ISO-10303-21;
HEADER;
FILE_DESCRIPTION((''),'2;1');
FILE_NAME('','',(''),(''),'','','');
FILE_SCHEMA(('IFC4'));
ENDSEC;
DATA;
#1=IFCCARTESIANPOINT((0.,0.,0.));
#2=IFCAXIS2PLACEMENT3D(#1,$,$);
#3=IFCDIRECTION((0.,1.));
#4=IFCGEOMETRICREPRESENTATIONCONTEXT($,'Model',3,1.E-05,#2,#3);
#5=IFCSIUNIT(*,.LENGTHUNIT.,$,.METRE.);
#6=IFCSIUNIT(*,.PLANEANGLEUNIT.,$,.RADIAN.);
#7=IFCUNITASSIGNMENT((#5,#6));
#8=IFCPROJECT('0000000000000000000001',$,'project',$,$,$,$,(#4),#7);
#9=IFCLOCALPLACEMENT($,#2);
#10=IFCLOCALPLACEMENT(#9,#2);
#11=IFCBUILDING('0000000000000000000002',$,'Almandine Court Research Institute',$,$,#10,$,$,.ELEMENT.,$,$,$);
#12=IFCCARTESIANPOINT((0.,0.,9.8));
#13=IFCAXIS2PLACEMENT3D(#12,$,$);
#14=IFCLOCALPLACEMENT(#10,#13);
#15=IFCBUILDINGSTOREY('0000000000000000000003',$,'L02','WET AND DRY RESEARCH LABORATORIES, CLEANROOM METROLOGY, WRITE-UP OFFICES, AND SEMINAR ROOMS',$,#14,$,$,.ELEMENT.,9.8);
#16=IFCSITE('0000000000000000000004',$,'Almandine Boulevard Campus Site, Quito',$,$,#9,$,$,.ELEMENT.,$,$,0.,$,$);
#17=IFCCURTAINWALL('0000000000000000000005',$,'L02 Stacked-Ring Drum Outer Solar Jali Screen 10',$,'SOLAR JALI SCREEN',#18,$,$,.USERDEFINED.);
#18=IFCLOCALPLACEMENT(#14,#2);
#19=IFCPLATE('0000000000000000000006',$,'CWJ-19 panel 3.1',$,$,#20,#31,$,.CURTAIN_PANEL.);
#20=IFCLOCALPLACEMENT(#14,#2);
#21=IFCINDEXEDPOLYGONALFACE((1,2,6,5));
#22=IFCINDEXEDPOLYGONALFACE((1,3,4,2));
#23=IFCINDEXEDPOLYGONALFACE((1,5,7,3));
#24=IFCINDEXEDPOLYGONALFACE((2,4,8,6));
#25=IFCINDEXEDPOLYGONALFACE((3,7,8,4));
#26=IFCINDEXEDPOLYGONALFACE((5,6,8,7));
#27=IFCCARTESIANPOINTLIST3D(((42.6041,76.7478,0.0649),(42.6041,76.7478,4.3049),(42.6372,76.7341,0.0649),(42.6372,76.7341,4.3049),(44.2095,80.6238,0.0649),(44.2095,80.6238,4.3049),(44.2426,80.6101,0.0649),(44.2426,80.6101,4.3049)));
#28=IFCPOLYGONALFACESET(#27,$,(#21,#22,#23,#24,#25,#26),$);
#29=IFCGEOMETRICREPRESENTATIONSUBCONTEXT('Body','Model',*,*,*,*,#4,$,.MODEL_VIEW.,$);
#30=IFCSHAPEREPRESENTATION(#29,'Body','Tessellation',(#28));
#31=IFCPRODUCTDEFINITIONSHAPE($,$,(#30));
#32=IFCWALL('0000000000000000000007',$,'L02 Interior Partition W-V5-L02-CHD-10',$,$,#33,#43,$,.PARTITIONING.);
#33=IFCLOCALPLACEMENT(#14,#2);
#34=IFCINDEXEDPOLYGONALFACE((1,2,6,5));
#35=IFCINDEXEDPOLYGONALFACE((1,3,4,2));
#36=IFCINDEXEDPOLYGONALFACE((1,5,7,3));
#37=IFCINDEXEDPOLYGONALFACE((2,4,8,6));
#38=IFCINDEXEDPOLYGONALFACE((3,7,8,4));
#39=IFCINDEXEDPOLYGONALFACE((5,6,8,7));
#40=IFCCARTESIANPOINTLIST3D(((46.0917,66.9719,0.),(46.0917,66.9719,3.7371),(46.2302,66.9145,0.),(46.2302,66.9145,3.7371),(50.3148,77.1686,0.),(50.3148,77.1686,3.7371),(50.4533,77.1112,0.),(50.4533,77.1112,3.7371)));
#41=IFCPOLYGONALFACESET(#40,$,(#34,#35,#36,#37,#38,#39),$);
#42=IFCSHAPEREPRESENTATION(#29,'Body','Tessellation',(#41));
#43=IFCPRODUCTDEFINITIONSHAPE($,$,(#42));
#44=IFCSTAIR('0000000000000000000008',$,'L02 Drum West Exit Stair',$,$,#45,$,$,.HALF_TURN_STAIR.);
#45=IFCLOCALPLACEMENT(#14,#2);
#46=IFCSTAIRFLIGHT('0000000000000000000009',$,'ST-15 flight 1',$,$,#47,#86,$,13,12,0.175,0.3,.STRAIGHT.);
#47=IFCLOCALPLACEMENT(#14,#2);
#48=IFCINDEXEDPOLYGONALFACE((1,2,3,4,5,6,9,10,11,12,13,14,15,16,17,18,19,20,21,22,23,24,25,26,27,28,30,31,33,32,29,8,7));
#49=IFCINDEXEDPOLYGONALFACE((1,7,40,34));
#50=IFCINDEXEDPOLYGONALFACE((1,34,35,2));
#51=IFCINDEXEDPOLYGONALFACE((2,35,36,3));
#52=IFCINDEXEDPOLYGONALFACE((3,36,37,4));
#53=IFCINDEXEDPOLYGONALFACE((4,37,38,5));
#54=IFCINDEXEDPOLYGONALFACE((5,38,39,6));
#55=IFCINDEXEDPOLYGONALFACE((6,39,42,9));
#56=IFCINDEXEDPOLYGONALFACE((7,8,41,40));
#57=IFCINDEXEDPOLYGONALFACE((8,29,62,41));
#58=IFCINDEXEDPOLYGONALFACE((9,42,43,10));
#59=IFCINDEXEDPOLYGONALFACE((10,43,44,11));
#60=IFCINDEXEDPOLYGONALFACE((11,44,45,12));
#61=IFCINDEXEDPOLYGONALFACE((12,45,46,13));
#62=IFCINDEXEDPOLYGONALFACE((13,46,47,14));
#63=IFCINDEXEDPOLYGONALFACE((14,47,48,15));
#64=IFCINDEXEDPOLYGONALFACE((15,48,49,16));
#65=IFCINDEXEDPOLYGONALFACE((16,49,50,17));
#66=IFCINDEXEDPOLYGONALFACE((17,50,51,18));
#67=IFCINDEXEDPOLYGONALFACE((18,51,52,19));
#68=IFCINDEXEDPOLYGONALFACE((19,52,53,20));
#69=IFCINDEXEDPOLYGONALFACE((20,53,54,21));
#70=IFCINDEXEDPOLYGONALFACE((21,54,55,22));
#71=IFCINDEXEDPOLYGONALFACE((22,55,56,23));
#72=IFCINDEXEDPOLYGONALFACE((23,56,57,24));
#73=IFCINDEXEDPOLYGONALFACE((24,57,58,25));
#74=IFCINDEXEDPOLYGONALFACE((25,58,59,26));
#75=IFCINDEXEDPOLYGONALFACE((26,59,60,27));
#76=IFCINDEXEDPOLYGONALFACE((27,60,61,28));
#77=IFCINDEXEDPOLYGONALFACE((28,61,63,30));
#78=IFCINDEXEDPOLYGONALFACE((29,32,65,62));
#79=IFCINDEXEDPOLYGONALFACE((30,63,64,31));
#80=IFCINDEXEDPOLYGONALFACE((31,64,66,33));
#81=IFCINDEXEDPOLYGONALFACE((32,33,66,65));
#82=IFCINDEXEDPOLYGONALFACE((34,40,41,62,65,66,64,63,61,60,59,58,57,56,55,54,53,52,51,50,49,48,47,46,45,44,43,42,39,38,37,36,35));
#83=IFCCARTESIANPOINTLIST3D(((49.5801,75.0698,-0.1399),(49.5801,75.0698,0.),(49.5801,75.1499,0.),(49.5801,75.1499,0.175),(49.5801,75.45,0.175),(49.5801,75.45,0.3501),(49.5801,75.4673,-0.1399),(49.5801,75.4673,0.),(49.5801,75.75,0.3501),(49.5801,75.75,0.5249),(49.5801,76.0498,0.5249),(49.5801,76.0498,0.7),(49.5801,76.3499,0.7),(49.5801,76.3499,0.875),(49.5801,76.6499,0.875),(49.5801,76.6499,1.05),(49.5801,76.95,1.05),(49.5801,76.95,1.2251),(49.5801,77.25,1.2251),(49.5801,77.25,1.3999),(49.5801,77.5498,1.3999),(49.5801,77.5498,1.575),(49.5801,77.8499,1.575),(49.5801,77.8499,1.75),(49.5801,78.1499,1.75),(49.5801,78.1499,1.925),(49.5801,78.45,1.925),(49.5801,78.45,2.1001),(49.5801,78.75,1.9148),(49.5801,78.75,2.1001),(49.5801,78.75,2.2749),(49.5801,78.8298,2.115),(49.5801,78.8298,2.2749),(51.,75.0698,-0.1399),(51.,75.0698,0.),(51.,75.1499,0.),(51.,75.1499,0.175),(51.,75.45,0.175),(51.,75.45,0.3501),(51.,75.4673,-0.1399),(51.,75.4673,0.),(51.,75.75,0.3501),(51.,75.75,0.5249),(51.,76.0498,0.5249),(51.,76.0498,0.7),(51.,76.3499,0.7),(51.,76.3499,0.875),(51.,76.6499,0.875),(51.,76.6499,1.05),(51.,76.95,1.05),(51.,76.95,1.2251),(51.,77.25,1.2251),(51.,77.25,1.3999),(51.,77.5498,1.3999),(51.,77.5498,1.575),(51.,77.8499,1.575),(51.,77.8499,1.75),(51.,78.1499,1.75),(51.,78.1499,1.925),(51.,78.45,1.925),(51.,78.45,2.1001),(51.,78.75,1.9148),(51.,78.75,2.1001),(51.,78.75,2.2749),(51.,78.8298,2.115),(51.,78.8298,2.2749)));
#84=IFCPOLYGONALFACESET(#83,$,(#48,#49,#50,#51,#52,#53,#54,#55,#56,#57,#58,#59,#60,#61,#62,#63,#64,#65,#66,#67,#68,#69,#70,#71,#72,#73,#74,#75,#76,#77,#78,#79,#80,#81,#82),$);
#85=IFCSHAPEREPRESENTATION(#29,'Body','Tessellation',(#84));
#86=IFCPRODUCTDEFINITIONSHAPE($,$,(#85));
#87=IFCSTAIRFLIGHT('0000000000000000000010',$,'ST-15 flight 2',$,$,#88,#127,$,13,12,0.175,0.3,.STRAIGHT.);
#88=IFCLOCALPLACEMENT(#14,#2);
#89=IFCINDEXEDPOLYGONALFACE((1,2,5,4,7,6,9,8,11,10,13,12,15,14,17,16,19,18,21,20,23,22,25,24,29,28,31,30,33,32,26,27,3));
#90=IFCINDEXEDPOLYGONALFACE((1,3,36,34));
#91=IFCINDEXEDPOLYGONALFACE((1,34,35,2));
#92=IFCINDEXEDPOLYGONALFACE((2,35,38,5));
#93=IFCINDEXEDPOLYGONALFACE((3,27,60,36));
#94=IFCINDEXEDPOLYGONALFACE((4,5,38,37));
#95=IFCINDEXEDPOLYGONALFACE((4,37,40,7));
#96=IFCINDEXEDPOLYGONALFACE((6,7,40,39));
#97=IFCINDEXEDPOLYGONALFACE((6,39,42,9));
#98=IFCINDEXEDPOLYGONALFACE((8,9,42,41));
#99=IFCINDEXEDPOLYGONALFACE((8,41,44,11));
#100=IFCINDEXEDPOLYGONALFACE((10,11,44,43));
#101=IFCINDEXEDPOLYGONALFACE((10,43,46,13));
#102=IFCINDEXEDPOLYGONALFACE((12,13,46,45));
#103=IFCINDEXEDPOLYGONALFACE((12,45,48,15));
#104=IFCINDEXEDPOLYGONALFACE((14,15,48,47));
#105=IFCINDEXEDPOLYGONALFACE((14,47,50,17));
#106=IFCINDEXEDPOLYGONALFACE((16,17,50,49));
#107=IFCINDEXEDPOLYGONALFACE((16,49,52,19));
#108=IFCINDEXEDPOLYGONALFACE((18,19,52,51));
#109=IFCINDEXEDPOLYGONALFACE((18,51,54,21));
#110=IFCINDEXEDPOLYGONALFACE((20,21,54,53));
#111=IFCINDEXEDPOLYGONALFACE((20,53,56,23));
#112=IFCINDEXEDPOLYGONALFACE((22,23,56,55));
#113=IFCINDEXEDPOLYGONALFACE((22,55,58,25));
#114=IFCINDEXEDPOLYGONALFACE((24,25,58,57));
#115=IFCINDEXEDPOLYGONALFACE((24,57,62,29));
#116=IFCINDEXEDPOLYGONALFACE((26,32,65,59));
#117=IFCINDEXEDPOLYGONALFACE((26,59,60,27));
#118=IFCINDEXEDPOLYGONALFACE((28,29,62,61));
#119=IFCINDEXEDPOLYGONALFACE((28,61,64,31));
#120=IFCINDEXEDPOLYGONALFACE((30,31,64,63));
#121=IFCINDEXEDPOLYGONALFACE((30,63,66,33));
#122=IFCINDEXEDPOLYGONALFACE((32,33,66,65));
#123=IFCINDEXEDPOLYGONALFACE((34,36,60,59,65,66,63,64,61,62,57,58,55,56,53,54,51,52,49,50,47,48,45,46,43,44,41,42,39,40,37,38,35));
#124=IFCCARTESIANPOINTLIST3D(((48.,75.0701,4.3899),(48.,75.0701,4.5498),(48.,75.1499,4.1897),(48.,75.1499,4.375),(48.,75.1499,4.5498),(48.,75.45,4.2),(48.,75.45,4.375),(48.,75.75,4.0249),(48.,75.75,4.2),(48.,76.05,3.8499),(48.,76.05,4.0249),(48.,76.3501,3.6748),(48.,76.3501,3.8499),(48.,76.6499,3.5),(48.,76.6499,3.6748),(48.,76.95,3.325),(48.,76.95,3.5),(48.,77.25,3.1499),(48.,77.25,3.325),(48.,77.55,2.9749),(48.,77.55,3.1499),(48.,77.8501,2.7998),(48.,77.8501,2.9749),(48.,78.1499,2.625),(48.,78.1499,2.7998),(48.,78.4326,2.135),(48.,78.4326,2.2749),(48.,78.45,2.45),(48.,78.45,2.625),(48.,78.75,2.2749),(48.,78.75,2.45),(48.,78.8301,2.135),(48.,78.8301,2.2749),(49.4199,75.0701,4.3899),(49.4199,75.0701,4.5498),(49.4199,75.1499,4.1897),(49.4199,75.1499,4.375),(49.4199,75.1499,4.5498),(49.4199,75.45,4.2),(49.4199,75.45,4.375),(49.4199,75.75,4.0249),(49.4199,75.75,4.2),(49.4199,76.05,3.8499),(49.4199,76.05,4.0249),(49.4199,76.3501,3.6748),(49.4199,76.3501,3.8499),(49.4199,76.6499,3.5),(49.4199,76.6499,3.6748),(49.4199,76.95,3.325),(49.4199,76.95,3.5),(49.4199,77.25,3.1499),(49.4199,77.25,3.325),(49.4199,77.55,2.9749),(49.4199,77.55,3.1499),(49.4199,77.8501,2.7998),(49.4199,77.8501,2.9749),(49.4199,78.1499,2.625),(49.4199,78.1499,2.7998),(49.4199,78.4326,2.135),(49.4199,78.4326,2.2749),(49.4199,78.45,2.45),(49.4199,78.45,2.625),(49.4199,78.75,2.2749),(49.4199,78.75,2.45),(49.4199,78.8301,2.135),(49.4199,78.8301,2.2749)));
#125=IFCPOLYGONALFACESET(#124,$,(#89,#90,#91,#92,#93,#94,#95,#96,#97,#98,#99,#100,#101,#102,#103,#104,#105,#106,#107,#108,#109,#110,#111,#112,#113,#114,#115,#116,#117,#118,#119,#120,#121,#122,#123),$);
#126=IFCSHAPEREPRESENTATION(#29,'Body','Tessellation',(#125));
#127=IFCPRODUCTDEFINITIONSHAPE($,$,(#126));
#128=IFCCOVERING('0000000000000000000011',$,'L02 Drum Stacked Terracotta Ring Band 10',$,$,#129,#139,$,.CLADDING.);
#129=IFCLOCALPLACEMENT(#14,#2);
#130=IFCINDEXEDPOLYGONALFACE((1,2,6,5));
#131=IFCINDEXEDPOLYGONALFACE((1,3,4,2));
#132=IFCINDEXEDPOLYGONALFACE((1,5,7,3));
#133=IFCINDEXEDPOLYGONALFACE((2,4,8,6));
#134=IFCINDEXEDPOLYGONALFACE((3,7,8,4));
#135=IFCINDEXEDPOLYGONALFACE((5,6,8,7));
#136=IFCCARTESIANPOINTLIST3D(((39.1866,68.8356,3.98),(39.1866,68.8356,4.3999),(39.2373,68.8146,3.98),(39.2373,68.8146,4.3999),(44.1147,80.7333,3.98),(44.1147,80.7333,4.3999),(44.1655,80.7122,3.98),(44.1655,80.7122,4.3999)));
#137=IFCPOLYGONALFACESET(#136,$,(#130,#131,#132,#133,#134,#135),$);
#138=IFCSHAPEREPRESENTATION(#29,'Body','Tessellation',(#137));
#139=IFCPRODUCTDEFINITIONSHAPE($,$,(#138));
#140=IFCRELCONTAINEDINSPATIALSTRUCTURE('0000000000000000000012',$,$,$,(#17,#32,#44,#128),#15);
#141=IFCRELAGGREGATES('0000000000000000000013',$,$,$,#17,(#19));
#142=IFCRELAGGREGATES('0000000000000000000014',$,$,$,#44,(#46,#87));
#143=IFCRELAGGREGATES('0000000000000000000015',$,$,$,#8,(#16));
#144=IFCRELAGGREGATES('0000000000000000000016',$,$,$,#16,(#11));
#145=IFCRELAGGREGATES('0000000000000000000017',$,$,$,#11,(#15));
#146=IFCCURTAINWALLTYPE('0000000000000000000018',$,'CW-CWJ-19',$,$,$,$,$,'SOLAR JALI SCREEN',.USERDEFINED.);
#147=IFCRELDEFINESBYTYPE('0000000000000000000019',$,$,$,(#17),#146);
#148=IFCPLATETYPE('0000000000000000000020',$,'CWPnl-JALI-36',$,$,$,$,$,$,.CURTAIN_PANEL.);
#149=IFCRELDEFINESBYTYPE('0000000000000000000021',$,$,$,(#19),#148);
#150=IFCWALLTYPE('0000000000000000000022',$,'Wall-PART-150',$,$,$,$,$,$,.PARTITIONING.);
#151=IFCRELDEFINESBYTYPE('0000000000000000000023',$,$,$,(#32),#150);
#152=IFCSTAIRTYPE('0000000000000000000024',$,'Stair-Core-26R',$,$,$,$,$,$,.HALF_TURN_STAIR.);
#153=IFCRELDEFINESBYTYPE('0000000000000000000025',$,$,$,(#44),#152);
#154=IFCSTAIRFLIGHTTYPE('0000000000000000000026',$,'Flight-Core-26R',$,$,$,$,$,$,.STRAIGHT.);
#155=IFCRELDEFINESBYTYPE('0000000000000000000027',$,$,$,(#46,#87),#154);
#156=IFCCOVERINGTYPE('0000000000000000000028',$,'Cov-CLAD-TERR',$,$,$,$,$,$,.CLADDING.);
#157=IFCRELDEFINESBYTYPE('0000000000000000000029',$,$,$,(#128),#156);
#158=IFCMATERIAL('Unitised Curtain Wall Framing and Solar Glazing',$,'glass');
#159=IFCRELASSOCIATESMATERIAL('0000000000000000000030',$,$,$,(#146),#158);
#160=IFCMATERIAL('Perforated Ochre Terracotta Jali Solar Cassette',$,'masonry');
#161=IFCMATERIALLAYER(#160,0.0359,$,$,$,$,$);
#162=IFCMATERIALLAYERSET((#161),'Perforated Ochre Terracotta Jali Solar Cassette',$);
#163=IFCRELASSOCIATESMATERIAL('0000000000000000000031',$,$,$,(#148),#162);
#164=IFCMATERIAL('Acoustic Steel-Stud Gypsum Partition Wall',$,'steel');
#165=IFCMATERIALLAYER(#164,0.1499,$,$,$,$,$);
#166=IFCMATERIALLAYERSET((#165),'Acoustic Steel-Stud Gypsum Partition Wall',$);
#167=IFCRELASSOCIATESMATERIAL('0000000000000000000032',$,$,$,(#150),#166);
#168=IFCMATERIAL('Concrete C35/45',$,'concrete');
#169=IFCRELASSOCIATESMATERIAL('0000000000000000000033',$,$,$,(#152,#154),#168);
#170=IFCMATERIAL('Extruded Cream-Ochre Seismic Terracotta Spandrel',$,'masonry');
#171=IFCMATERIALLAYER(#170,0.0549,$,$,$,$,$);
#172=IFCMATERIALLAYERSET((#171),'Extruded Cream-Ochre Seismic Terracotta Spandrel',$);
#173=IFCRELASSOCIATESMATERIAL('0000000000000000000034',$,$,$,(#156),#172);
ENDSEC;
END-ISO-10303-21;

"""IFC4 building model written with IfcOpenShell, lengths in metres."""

from ifc_helpers import new_model, si_unit, direction, frame, frame_2d, origin, origin_2d, place, context, subcontext, project, spatial, polyline, rectangle, outline, extrude, material, layer, layer_set, type_object, element, aggregate, save


model = new_model("IFC4")

# Units and contexts
model_context = context("Model", 3, precision=1e-05, world=origin(), true_north=direction((0.0, 1.0)))
body_context = subcontext(model_context, "Body", "Model", "MODEL_VIEW")
ifc_project = project(units=[si_unit("LENGTHUNIT", "METRE"), si_unit("PLANEANGLEUNIT", "RADIAN")], contexts=[model_context])

# Site, building, storey
site_placement = place(None, origin())
site = spatial("IfcSite", under=ifc_project, at=site_placement, Name="Almandine Boulevard Campus Site, Quito", CompositionType="ELEMENT", RefElevation=0.0)
building_placement = place(site_placement, origin())
building = spatial("IfcBuilding", under=site, at=building_placement, Name="Almandine Court Research Institute", CompositionType="ELEMENT")
storey_placement = place(building_placement, frame((0.0, 0.0, 9.8)))
storey = spatial("IfcBuildingStorey", under=building, at=storey_placement, Name="L02", Description="WET AND DRY RESEARCH LABORATORIES, CLEANROOM METROLOGY, WRITE-UP OFFICES, AND SEMINAR ROOMS", CompositionType="ELEMENT", Elevation=9.8)

# Shared definitions
ifc_material_1 = material(Name="Unitised Curtain Wall Framing and Solar Glazing", Category="glass")
curtain_wall_type = type_object("IfcCurtainWallType", Name="CW-CWJ-19", ElementType="SOLAR JALI SCREEN", PredefinedType="USERDEFINED", material=ifc_material_1)

# Curtain wall
curtain_wall_1_placement = place(storey_placement, origin())
curtain_wall_1 = element("IfcCurtainWall", 1, at=curtain_wall_1_placement, inside=storey, type_object=curtain_wall_type, Name="L02 Stacked-Ring Drum Outer Solar Jali Screen 10", ObjectType="SOLAR JALI SCREEN", PredefinedType="USERDEFINED")

# Plate
ifc_material_2 = material(Name="Perforated Ochre Terracotta Jali Solar Cassette", Category="masonry")
ifc_layer_1 = layer(ifc_material_2, 0.0359)
ifc_layer_set_1 = layer_set([ifc_layer_1], Name="Perforated Ochre Terracotta Jali Solar Cassette")
plate_type = type_object("IfcPlateType", Name="CWPnl-JALI-36", PredefinedType="CURTAIN_PANEL", material=ifc_layer_set_1)
plate_1_placement = place(storey_placement, frame((43.4233, 78.679, 0.0649), z_axis=(0.0, 0.0, 1.0), x_axis=(0.382663, 0.923888, 0.0)))
plate_1 = element("IfcPlate", 2, at=plate_1_placement, type_object=plate_type, Name="CWJ-19 panel 3.1", PredefinedType="CURTAIN_PANEL", context=body_context, shape_type="SweptSolid", body=[
    extrude(rectangle(XDim=4.1953, YDim=0.0359, at=origin_2d()), origin(), (0.0, 0.0, 1.0), 4.24),
])
aggregate(curtain_wall_1, [plate_1])

# Wall
ifc_material_3 = material(Name="Acoustic Steel-Stud Gypsum Partition Wall", Category="steel")
ifc_layer_2 = layer(ifc_material_3, 0.1499)
ifc_layer_set_2 = layer_set([ifc_layer_2], Name="Acoustic Steel-Stud Gypsum Partition Wall")
wall_type = type_object("IfcWallType", Name="Wall-PART-150", PredefinedType="PARTITIONING", material=ifc_layer_set_2)
wall_placement = place(storey_placement, frame((50.384, 77.1399, 0.0), z_axis=(0.0, 0.0, 1.0), x_axis=(-0.382645, -0.923896, 0.0)))
element("IfcWall", 3, at=wall_placement, inside=storey, type_object=wall_type, Name="L02 Interior Partition W-V5-L02-CHD-10", PredefinedType="PARTITIONING", context=body_context, shape_type="SweptSolid", body=[
    extrude(rectangle(XDim=11.0366, YDim=0.1499, at=frame_2d((5.5183, 0.0))), origin(), (0.0, 0.0, 1.0), 3.7371),
])

# Stair, stair flights
ifc_material_4 = material(Name="Concrete C35/45", Category="concrete")
stair_type = type_object("IfcStairType", Name="Stair-Core-26R", PredefinedType="HALF_TURN_STAIR", material=ifc_material_4)
stair_placement = place(storey_placement, origin())
stair = element("IfcStair", 4, at=stair_placement, inside=storey, type_object=stair_type, Name="L02 Drum West Exit Stair", PredefinedType="HALF_TURN_STAIR")
stair_flight_type = type_object("IfcStairFlightType", Name="Flight-Core-26R", PredefinedType="STRAIGHT", material=ifc_material_4)
stair_flight_1_placement = place(storey_placement, frame((50.29, 75.1499, 0.0), z_axis=(0.0, 0.0, 1.0), x_axis=(0.0, 1.0, 0.0)))
stair_flight_1 = element("IfcStairFlight", 5, at=stair_flight_1_placement, type_object=stair_flight_type, Name="ST-15 flight 1", NumberOfRisers=13, NumberOfTreads=12, PredefinedType="STRAIGHT", RiserHeight=0.175, TreadLength=0.3, context=body_context, shape_type="SweptSolid", body=[
    extrude(outline(polyline([(-0.0801, -0.1399), (-0.0801, 0.0), (0.0, 0.0), (0.0, 0.175), (0.3, 0.175), (0.3, 0.3501), (0.6001, 0.3501), (0.6001, 0.5249), (0.8999, 0.5249), (0.8999, 0.7), (1.2, 0.7), (1.2, 0.875), (1.5, 0.875), (1.5, 1.05), (1.8, 1.05), (1.8, 1.2251), (2.1001, 1.2251), (2.1001, 1.3999), (2.3999, 1.3999), (2.3999, 1.575), (2.7, 1.575), (2.7, 1.75), (3.0, 1.75), (3.0, 1.925), (3.3, 1.925), (3.3, 2.1001), (3.6001, 2.1001), (3.6001, 2.2749), (3.6799, 2.2749), (3.6799, 2.115), (3.6001, 1.9148), (0.3174, 0.0), (0.3174, -0.1399), (-0.0801, -0.1399)])), frame((0.0, 0.71, 0.0), z_axis=(0.0, -1.0, 0.0), x_axis=(1.0, 0.0, 0.0)), (0.0, 0.0, 1.0), 1.4199),
])
stair_flight_2_placement = place(storey_placement, frame((48.71, 78.75, 2.2749), z_axis=(0.0, 0.0, 1.0), x_axis=(0.0, -1.0, 0.0)))
stair_flight_2 = element("IfcStairFlight", 6, at=stair_flight_2_placement, type_object=stair_flight_type, Name="ST-15 flight 2", NumberOfRisers=13, NumberOfTreads=12, PredefinedType="STRAIGHT", RiserHeight=0.175, TreadLength=0.3, context=body_context, shape_type="SweptSolid", body=[
    extrude(outline(polyline([(-0.0801, -0.1399), (-0.0801, 0.0), (0.0, 0.0), (0.0, 0.175), (0.3, 0.175), (0.3, 0.3501), (0.6001, 0.3501), (0.6001, 0.5249), (0.8999, 0.5249), (0.8999, 0.7), (1.2, 0.7), (1.2, 0.875), (1.5, 0.875), (1.5, 1.05), (1.8, 1.05), (1.8, 1.2251), (2.1001, 1.2251), (2.1001, 1.3999), (2.3999, 1.3999), (2.3999, 1.575), (2.7, 1.575), (2.7, 1.75), (3.0, 1.75), (3.0, 1.925), (3.3, 1.925), (3.3, 2.1001), (3.6001, 2.1001), (3.6001, 2.2749), (3.6799, 2.2749), (3.6799, 2.115), (3.6001, 1.9148), (0.3174, 0.0), (0.3174, -0.1399), (-0.0801, -0.1399)])), frame((0.0, 0.71, 0.0), z_axis=(0.0, -1.0, 0.0), x_axis=(1.0, 0.0, 0.0)), (0.0, 0.0, 1.0), 1.4199),
])
aggregate(stair, [stair_flight_1, stair_flight_2])

# Covering
ifc_material_5 = material(Name="Extruded Cream-Ochre Seismic Terracotta Spandrel", Category="masonry")
ifc_layer_3 = layer(ifc_material_5, 0.0549)
ifc_layer_set_3 = layer_set([ifc_layer_3], Name="Extruded Cream-Ochre Seismic Terracotta Spandrel")
covering_type = type_object("IfcCoveringType", Name="Cov-CLAD-TERR", PredefinedType="CLADDING", material=ifc_layer_set_3)
covering_placement = place(storey_placement, frame((41.676, 74.7739, 3.98), z_axis=(0.0, 0.0, 1.0), x_axis=(0.382683, 0.92388, 0.0)))
element("IfcCovering", 7, at=covering_placement, inside=storey, type_object=covering_type, Name="L02 Drum Stacked Terracotta Ring Band 10", PredefinedType="CLADDING", context=body_context, shape_type="SweptSolid", body=[
    extrude(rectangle(XDim=12.8779, YDim=0.0549, at=origin_2d()), origin(), (0.0, 0.0, 1.0), 0.4199),
])

save(model, "model.ifc")
